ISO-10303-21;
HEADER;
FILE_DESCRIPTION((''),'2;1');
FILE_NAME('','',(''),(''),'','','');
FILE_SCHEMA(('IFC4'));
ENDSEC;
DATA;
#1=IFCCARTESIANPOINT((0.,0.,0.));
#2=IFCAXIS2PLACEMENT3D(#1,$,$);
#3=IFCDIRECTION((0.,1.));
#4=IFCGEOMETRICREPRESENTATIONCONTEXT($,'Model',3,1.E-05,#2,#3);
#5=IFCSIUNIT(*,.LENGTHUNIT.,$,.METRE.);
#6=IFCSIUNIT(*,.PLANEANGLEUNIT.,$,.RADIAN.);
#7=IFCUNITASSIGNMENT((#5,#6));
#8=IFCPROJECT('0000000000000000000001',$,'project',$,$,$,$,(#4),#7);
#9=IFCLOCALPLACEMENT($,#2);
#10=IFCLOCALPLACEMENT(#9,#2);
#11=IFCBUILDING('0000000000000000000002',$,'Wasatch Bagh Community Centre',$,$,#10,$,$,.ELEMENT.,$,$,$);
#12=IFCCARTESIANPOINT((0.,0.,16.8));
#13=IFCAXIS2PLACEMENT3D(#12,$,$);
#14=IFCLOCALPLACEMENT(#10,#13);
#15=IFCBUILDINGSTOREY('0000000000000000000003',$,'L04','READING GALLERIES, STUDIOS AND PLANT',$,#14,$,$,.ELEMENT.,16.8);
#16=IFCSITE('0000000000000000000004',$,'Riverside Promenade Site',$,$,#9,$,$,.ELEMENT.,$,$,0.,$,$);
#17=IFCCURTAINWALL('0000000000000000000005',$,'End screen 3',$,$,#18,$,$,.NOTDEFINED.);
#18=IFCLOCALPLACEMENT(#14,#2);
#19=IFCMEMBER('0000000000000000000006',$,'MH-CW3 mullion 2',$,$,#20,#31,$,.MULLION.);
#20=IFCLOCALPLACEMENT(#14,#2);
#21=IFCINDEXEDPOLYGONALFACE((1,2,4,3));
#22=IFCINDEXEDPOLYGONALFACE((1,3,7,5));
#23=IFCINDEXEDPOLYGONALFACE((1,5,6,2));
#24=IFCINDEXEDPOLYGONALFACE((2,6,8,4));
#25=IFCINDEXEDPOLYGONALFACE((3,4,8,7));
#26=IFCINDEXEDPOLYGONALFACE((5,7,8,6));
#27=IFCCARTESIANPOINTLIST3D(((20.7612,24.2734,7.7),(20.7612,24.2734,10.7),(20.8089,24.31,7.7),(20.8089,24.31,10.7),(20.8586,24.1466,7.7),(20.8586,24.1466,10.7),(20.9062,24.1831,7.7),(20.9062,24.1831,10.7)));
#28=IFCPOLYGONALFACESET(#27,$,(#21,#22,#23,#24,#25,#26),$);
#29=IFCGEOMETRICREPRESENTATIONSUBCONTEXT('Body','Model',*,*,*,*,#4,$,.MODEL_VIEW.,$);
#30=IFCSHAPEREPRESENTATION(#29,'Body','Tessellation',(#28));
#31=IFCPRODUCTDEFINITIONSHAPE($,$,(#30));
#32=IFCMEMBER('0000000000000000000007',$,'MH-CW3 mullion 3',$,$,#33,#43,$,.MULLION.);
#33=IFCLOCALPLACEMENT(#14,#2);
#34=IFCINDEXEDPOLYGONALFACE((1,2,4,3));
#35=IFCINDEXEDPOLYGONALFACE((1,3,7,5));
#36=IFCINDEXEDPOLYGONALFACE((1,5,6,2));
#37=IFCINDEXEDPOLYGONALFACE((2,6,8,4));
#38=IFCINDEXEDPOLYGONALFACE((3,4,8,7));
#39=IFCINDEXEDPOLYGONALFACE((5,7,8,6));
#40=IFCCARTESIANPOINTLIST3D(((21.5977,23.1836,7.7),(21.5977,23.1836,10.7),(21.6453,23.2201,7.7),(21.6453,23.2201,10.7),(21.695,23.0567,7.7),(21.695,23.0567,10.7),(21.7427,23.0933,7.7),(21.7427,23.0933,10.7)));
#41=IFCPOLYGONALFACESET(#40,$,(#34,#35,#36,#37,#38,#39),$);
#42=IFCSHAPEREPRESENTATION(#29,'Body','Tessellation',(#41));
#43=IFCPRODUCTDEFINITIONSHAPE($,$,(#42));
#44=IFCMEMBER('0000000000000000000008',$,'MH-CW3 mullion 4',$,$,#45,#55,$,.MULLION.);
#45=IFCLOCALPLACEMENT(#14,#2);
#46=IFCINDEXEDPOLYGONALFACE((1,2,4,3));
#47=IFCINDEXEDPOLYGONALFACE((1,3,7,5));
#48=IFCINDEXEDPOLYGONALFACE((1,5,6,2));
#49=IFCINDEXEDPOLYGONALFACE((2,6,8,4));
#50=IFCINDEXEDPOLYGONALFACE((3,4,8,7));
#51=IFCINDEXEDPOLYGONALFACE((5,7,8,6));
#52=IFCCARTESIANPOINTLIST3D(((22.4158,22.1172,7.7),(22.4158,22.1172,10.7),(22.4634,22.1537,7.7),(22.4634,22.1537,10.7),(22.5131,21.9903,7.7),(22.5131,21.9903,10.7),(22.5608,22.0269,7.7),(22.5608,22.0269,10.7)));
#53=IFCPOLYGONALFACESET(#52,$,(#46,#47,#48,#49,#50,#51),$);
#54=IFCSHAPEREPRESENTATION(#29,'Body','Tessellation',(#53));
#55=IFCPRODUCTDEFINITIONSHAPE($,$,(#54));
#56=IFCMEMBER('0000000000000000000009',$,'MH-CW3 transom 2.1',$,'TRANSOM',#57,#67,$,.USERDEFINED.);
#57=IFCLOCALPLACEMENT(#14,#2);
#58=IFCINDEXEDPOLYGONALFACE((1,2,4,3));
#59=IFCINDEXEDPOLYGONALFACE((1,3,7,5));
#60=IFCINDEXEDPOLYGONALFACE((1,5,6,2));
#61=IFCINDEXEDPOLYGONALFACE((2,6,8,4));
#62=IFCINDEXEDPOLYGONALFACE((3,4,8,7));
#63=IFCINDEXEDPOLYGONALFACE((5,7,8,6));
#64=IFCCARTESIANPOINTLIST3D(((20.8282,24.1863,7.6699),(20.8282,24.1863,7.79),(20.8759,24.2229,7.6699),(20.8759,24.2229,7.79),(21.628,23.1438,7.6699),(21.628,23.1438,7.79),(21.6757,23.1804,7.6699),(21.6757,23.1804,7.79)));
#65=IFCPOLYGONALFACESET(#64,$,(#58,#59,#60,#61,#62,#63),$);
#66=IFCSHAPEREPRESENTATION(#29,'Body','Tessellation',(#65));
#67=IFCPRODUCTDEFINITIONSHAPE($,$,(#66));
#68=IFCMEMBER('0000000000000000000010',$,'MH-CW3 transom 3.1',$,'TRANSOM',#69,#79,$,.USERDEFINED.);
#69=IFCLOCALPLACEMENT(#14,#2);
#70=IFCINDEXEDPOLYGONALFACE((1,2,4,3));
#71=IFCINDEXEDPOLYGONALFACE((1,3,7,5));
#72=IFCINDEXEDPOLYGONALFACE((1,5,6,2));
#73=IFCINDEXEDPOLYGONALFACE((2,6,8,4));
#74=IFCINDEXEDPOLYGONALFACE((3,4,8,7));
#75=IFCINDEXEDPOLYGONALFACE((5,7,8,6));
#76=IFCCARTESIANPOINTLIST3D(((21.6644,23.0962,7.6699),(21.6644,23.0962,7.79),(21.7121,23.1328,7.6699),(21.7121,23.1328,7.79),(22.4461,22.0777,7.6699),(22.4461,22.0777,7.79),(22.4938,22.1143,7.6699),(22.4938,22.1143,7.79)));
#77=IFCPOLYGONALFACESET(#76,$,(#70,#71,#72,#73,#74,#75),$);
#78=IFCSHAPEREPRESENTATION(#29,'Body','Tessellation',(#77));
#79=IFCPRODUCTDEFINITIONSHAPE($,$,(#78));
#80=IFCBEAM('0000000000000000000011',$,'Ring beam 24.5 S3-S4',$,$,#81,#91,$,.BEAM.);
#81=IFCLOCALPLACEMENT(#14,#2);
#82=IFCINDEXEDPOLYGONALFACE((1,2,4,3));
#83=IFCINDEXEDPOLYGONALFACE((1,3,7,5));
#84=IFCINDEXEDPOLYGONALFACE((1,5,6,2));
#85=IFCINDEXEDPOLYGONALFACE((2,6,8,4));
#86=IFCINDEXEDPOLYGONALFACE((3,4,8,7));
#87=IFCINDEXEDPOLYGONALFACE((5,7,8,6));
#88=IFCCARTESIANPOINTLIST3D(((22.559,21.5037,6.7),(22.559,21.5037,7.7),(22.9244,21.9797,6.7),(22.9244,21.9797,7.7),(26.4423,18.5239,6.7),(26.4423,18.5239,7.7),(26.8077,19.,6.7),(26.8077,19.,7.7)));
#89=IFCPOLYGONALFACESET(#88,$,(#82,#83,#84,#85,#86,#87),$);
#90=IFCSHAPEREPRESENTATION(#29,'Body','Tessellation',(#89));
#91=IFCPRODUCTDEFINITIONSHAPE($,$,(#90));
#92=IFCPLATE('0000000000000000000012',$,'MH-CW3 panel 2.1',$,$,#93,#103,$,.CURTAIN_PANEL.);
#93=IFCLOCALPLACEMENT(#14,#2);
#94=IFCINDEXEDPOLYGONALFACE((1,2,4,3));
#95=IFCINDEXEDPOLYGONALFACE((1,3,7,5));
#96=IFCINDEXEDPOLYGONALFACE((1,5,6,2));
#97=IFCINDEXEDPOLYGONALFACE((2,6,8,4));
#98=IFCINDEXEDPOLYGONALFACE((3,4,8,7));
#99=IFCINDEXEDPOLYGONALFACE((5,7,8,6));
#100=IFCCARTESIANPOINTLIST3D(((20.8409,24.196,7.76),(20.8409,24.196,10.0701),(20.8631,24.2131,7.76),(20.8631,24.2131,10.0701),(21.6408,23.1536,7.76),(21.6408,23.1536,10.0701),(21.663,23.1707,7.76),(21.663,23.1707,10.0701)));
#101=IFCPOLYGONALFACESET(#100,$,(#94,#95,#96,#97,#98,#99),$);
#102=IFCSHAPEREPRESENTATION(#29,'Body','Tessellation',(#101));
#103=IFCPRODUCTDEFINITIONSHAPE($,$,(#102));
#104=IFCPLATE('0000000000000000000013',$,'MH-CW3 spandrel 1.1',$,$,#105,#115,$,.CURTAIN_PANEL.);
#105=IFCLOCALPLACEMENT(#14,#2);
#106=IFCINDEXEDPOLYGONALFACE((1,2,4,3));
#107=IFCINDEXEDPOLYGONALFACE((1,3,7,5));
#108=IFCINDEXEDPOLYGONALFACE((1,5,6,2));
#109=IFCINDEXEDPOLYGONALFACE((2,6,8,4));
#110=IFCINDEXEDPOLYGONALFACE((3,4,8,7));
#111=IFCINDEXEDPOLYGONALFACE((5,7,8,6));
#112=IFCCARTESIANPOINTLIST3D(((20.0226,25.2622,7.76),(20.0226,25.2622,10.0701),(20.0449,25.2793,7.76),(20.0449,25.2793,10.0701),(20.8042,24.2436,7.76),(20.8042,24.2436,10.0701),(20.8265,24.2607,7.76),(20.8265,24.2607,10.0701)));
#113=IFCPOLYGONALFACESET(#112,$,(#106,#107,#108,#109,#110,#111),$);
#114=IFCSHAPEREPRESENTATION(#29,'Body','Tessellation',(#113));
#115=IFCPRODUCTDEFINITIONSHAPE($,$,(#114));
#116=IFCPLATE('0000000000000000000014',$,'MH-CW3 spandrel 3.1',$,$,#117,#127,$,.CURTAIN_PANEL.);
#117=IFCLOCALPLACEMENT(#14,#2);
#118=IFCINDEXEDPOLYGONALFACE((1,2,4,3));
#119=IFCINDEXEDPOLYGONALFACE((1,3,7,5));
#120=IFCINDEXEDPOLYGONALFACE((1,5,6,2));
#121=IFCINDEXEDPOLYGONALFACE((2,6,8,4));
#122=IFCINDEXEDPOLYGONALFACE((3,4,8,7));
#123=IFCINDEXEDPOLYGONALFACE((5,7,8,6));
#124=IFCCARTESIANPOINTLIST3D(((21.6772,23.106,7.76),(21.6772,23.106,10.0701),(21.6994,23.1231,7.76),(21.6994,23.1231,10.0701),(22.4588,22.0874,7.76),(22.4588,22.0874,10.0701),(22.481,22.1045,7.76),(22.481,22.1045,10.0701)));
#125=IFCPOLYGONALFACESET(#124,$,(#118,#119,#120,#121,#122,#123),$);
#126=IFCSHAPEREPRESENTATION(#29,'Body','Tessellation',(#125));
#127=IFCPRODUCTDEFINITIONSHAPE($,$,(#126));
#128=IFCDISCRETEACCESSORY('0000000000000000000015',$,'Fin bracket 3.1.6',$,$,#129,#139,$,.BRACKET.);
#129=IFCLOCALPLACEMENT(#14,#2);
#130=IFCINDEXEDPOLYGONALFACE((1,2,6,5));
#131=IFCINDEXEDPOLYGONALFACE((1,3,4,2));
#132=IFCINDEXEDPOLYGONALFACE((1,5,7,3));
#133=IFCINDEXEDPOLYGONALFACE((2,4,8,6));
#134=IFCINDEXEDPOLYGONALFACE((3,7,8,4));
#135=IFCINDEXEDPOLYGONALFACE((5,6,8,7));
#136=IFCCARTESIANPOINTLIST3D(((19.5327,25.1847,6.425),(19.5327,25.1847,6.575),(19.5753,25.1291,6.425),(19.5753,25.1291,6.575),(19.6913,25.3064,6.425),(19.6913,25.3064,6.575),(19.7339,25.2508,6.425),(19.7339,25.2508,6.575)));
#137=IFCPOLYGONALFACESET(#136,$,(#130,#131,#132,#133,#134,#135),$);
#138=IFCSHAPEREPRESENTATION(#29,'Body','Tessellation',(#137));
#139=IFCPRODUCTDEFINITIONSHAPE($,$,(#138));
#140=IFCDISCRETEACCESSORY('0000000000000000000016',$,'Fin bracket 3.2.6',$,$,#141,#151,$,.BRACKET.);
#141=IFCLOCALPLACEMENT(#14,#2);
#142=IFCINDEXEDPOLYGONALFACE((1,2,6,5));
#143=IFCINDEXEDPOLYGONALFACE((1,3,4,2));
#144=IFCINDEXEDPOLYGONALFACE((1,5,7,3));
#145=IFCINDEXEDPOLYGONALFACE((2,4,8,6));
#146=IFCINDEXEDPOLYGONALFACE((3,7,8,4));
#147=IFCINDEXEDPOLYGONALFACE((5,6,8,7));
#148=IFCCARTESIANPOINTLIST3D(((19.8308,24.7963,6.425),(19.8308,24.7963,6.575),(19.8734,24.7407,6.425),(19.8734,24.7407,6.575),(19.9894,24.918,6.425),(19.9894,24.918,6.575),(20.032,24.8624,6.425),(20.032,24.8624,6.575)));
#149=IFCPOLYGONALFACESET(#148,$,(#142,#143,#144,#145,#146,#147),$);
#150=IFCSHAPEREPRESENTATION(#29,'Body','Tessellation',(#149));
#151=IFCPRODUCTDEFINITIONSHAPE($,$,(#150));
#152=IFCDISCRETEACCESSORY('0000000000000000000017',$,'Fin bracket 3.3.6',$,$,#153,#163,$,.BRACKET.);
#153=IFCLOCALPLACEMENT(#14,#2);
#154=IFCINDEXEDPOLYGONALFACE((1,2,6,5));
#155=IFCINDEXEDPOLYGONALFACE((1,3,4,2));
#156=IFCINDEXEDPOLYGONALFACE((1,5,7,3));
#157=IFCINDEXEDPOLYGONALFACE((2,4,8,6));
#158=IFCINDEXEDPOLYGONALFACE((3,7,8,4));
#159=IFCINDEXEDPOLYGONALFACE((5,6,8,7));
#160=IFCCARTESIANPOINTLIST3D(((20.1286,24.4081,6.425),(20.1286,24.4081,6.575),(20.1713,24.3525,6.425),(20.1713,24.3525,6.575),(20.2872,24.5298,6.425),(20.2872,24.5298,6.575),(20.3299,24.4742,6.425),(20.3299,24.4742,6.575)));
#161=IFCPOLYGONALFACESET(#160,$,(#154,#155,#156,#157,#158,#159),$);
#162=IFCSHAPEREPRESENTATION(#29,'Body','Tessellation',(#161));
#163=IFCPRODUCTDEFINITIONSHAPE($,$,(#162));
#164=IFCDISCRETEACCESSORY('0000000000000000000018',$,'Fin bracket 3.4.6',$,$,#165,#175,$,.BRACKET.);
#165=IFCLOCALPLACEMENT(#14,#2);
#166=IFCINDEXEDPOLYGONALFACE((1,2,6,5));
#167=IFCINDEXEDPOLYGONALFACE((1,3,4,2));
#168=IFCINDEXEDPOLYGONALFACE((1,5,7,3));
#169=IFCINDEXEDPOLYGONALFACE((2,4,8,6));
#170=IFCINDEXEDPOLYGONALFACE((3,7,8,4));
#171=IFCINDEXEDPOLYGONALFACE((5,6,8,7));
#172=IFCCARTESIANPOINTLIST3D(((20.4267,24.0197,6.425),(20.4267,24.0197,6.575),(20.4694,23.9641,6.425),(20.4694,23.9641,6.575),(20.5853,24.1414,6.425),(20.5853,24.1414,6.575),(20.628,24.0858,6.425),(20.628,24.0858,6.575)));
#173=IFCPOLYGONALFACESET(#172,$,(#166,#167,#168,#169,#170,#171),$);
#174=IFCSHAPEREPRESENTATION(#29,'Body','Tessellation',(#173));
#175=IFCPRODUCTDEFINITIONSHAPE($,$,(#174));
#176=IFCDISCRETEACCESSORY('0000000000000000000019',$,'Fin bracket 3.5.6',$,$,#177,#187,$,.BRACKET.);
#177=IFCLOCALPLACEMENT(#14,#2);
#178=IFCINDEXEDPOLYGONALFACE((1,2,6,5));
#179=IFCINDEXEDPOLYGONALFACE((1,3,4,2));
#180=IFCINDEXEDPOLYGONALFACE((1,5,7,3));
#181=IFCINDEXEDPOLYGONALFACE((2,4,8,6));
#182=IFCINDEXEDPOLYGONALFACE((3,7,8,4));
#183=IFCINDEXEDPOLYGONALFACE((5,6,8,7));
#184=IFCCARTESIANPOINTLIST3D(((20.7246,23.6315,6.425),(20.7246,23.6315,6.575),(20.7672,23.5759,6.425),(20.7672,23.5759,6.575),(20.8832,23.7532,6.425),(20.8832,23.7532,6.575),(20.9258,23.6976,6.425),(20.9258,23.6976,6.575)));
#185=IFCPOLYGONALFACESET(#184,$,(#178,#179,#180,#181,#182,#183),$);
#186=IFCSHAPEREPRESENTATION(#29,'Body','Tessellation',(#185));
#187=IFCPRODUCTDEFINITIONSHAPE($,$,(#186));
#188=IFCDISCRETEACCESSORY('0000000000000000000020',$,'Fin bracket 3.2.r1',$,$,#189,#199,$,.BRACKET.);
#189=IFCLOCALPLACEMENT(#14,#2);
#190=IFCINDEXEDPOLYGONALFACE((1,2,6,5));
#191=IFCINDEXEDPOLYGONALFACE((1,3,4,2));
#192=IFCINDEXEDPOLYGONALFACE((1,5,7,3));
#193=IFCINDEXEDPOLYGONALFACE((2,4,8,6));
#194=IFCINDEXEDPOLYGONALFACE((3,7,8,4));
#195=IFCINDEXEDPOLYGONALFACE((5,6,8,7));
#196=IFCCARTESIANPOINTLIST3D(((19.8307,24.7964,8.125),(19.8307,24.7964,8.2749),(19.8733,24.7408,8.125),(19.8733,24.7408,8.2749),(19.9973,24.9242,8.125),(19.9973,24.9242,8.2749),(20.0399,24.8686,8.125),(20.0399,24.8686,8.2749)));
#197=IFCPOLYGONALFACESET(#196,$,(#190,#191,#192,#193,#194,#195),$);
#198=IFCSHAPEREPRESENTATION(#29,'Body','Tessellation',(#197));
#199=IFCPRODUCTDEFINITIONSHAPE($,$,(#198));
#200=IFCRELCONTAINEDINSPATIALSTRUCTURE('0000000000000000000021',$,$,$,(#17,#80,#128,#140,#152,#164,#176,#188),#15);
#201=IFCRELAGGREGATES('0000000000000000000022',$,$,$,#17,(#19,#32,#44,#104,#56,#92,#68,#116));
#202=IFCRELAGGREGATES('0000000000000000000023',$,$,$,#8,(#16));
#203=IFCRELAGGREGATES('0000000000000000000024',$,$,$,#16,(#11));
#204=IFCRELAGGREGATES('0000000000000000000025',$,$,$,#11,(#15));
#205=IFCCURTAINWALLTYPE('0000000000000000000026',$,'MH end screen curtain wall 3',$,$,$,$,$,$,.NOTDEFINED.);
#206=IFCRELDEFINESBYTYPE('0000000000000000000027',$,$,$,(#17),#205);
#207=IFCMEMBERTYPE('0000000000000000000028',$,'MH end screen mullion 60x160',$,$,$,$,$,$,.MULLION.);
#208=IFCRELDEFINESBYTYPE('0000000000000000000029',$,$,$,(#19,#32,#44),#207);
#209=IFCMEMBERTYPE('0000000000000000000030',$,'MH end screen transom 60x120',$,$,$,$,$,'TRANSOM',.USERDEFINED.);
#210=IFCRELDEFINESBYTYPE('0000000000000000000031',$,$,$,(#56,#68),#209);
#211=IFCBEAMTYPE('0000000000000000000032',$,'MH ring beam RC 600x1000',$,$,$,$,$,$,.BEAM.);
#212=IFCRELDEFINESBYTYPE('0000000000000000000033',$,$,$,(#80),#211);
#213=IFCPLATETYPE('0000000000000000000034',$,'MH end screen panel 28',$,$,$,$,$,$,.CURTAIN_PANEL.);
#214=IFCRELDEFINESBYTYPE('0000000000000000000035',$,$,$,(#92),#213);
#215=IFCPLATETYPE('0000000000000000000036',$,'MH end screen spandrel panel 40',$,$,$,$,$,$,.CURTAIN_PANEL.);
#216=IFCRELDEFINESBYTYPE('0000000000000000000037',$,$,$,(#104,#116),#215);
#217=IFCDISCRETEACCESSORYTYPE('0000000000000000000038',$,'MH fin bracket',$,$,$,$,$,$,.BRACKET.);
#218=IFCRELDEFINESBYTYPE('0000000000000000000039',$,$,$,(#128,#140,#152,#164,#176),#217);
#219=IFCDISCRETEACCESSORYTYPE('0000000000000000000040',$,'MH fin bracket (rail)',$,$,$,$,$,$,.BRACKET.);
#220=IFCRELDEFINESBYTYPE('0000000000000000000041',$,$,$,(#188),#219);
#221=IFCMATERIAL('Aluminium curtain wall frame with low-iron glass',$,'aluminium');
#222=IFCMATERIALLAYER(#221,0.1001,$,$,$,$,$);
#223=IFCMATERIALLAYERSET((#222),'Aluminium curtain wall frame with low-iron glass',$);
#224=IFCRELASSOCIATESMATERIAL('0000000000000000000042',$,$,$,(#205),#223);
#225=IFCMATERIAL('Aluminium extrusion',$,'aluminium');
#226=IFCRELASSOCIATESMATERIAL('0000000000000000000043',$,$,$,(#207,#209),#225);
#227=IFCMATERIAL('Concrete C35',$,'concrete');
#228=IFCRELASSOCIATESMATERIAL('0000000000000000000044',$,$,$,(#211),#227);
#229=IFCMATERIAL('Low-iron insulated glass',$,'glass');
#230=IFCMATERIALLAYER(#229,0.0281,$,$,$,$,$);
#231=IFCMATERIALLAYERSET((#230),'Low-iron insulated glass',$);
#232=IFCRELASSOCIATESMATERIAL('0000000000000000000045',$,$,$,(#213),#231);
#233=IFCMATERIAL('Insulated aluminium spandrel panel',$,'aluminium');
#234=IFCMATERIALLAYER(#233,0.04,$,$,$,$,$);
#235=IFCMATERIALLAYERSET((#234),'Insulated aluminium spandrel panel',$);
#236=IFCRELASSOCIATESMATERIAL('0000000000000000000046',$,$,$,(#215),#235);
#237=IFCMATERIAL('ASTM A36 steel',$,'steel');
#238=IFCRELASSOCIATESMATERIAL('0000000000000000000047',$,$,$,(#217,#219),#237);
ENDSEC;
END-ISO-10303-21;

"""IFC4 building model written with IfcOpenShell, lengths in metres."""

from ifc_helpers import new_model, si_unit, direction, frame, origin, origin_2d, place, context, subcontext, project, spatial, rectangle, extrude, material, layer, layer_set, material_profile, profile_set, type_object, element, aggregate, save


model = new_model("IFC4")

# Units and contexts
model_context = context("Model", 3, precision=1e-05, world=origin(), true_north=direction((0.0, 1.0)))
body_context = subcontext(model_context, "Body", "Model", "MODEL_VIEW")
ifc_project = project(units=[si_unit("LENGTHUNIT", "METRE"), si_unit("PLANEANGLEUNIT", "RADIAN")], contexts=[model_context])

# Site, building, storey
site_placement = place(None, origin())
site = spatial("IfcSite", under=ifc_project, at=site_placement, Name="Riverside Promenade Site", CompositionType="ELEMENT", RefElevation=0.0)
building_placement = place(site_placement, origin())
building = spatial("IfcBuilding", under=site, at=building_placement, Name="Wasatch Bagh Community Centre", CompositionType="ELEMENT")
storey_placement = place(building_placement, frame((0.0, 0.0, 16.8)))
storey = spatial("IfcBuildingStorey", under=building, at=storey_placement, Name="L04", Description="READING GALLERIES, STUDIOS AND PLANT", CompositionType="ELEMENT", Elevation=16.8)

# Curtain wall, members
ifc_material_1 = material(Name="Aluminium curtain wall frame with low-iron glass", Category="aluminium")
ifc_layer_1 = layer(ifc_material_1, 0.1001)
ifc_layer_set_1 = layer_set([ifc_layer_1], Name="Aluminium curtain wall frame with low-iron glass")
curtain_wall_type = type_object("IfcCurtainWallType", Name="MH end screen curtain wall 3", PredefinedType="NOTDEFINED", material=ifc_layer_set_1)
curtain_wall_placement = place(storey_placement, origin())
curtain_wall = element("IfcCurtainWall", 1, at=curtain_wall_placement, inside=storey, type_object=curtain_wall_type, Name="End screen 3", PredefinedType="NOTDEFINED")
ifc_material_2 = material(Name="Aluminium extrusion", Category="aluminium")
ifc_material_profile_1 = material_profile(ifc_material_2, rectangle(XDim=0.0601, YDim=0.1599, at=origin_2d()), Name="AL 60x160")
ifc_profile_set_1 = profile_set([ifc_material_profile_1], Name="Aluminium extrusion")
member_type_1 = type_object("IfcMemberType", Name="MH end screen mullion 60x160", PredefinedType="MULLION", material=ifc_profile_set_1)
member_1_placement = place(storey_placement, frame((20.8337, 24.2283, 7.7), z_axis=(0.0, 0.0, 1.0), x_axis=(0.793353, 0.608761, 0.0)))
member_1 = element("IfcMember", 2, at=member_1_placement, type_object=member_type_1, Name="MH-CW3 mullion 2", PredefinedType="MULLION", context=body_context, shape_type="SweptSolid", body=[
    extrude(rectangle(XDim=0.0601, YDim=0.1599, at=origin_2d()), origin(), (0.0, 0.0, 1.0), 3.0),
])
member_2_placement = place(storey_placement, frame((21.6702, 23.1384, 7.7), z_axis=(0.0, 0.0, 1.0), x_axis=(0.793353, 0.608761, 0.0)))
member_2 = element("IfcMember", 3, at=member_2_placement, type_object=member_type_1, Name="MH-CW3 mullion 3", PredefinedType="MULLION", context=body_context, shape_type="SweptSolid", body=[
    extrude(rectangle(XDim=0.0601, YDim=0.1599, at=origin_2d()), origin(), (0.0, 0.0, 1.0), 3.0),
])
member_3_placement = place(storey_placement, frame((22.4883, 22.072, 7.7), z_axis=(0.0, 0.0, 1.0), x_axis=(0.793353, 0.608761, 0.0)))
member_3 = element("IfcMember", 4, at=member_3_placement, type_object=member_type_1, Name="MH-CW3 mullion 4", PredefinedType="MULLION", context=body_context, shape_type="SweptSolid", body=[
    extrude(rectangle(XDim=0.0601, YDim=0.1599, at=origin_2d()), origin(), (0.0, 0.0, 1.0), 3.0),
])
ifc_material_profile_2 = material_profile(ifc_material_2, rectangle(XDim=0.0601, YDim=0.1201, at=origin_2d()), Name="AL 60x120")
ifc_profile_set_2 = profile_set([ifc_material_profile_2], Name="Aluminium extrusion")
member_type_2 = type_object("IfcMemberType", Name="MH end screen transom 60x120", ElementType="TRANSOM", PredefinedType="USERDEFINED", material=ifc_profile_set_2)
member_4_placement = place(storey_placement, frame((20.8521, 24.2046, 7.73), z_axis=(0.608705, -0.793397, 0.0), x_axis=(0.793397, 0.608705, 0.0)))
member_4 = element("IfcMember", 5, at=member_4_placement, type_object=member_type_2, Name="MH-CW3 transom 2.1", ObjectType="TRANSOM", PredefinedType="USERDEFINED", context=body_context, shape_type="SweptSolid", body=[
    extrude(rectangle(XDim=0.0601, YDim=0.1201, at=origin_2d()), origin(), (0.0, 0.0, 1.0), 1.314),
])
member_5_placement = place(storey_placement, frame((21.6882, 23.1145, 7.73), z_axis=(0.608847, -0.793288, 0.0), x_axis=(0.793288, 0.608847, 0.0)))
member_5 = element("IfcMember", 6, at=member_5_placement, type_object=member_type_2, Name="MH-CW3 transom 3.1", ObjectType="TRANSOM", PredefinedType="USERDEFINED", context=body_context, shape_type="SweptSolid", body=[
    extrude(rectangle(XDim=0.0601, YDim=0.1201, at=origin_2d()), origin(), (0.0, 0.0, 1.0), 1.2839),
])

# Beam
ifc_material_3 = material(Name="Concrete C35", Category="concrete")
ifc_material_profile_3 = material_profile(ifc_material_3, rectangle(XDim=0.6001, YDim=1.0, at=origin_2d()), Name="RC 600x1000")
ifc_profile_set_3 = profile_set([ifc_material_profile_3], Name="Concrete C35")
beam_type = type_object("IfcBeamType", Name="MH ring beam RC 600x1000", PredefinedType="BEAM", material=ifc_profile_set_3)
beam_placement = place(storey_placement, frame((22.7417, 21.7417, 7.2), z_axis=(0.793356, -0.608758, 0.0), x_axis=(0.608758, 0.793356, 0.0)))
element("IfcBeam", 7, at=beam_placement, inside=storey, type_object=beam_type, Name="Ring beam 24.5 S3-S4", PredefinedType="BEAM", context=body_context, shape_type="SweptSolid", body=[
    extrude(rectangle(XDim=0.6001, YDim=1.0, at=origin_2d()), origin(), (0.0, 0.0, 1.0), 4.8948),
])

# Plates
ifc_material_4 = material(Name="Low-iron insulated glass", Category="glass")
ifc_layer_2 = layer(ifc_material_4, 0.0281)
ifc_layer_set_2 = layer_set([ifc_layer_2], Name="Low-iron insulated glass")
plate_type_1 = type_object("IfcPlateType", Name="MH end screen panel 28", PredefinedType="CURTAIN_PANEL", material=ifc_layer_set_2)
plate_1_placement = place(storey_placement, frame((21.252, 23.6833, 7.76), z_axis=(0.0, 0.0, 1.0), x_axis=(0.608761, -0.793353, 0.0)))
plate_1 = element("IfcPlate", 8, at=plate_1_placement, type_object=plate_type_1, Name="MH-CW3 panel 2.1", PredefinedType="CURTAIN_PANEL", context=body_context, shape_type="SweptSolid", body=[
    extrude(rectangle(XDim=1.314, YDim=0.0281, at=origin_2d()), origin(), (0.0, 0.0, 1.0), 2.3101),
])
ifc_material_5 = material(Name="Insulated aluminium spandrel panel", Category="aluminium")
ifc_layer_3 = layer(ifc_material_5, 0.04)
ifc_layer_set_3 = layer_set([ifc_layer_3], Name="Insulated aluminium spandrel panel")
plate_type_2 = type_object("IfcPlateType", Name="MH end screen spandrel panel 40", PredefinedType="CURTAIN_PANEL", material=ifc_layer_set_3)
plate_2_placement = place(storey_placement, frame((20.4246, 24.7615, 7.76), z_axis=(0.0, 0.0, 1.0), x_axis=(0.608761, -0.793353, 0.0)))
plate_2 = element("IfcPlate", 9, at=plate_2_placement, type_object=plate_type_2, Name="MH-CW3 spandrel 1.1", PredefinedType="CURTAIN_PANEL", context=body_context, shape_type="SweptSolid", body=[
    extrude(rectangle(XDim=1.2839, YDim=0.0281, at=origin_2d()), origin(), (0.0, 0.0, 1.0), 2.3101),
])
plate_3_placement = place(storey_placement, frame((22.0791, 22.6052, 7.76), z_axis=(0.0, 0.0, 1.0), x_axis=(0.608761, -0.793353, 0.0)))
plate_3 = element("IfcPlate", 10, at=plate_3_placement, type_object=plate_type_2, Name="MH-CW3 spandrel 3.1", PredefinedType="CURTAIN_PANEL", context=body_context, shape_type="SweptSolid", body=[
    extrude(rectangle(XDim=1.2839, YDim=0.0281, at=origin_2d()), origin(), (0.0, 0.0, 1.0), 2.3101),
])
aggregate(curtain_wall, [member_1, member_2, member_3, plate_2, member_4, plate_1, member_5, plate_3])

# Discrete accessories
ifc_material_6 = material(Name="ASTM A36 steel", Category="steel")
discrete_accessory_type_1 = type_object("IfcDiscreteAccessoryType", Name="MH fin bracket", PredefinedType="BRACKET", material=ifc_material_6)
for number, where, z_axis, x_axis, name in (
    (11, (19.6333, 25.2178, 6.425), (0.0, 0.0, 1.0), (0.608761, -0.793353, 0.0), "Fin bracket 3.1.6"),
    (12, (19.9314, 24.8293, 6.425), (0.0, 0.0, 1.0), (0.608761, -0.793353, 0.0), "Fin bracket 3.2.6"),
    (13, (20.2292, 24.4412, 6.425), (0.0, 0.0, 1.0), (0.608761, -0.793353, 0.0), "Fin bracket 3.3.6"),
    (14, (20.5273, 24.0527, 6.425), (0.0, 0.0, 1.0), (0.608761, -0.793353, 0.0), "Fin bracket 3.4.6"),
    (15, (20.8252, 23.6646, 6.425), (0.0, 0.0, 1.0), (0.608761, -0.793353, 0.0), "Fin bracket 3.5.6"),
):
    element("IfcDiscreteAccessory", number, at=place(storey_placement, frame(where, z_axis=z_axis, x_axis=x_axis)), inside=storey, type_object=discrete_accessory_type_1, Name=name, PredefinedType="BRACKET", context=body_context, shape_type="SweptSolid", body=[
        extrude(rectangle(XDim=0.0701, YDim=0.2, at=origin_2d()), origin(), (0.0, 0.0, 1.0), 0.1499),
    ])
discrete_accessory_type_2 = type_object("IfcDiscreteAccessoryType", Name="MH fin bracket (rail)", PredefinedType="BRACKET", material=ifc_material_6)
for number, where, z_axis, x_axis, name in (
    (16, (19.9353, 24.8325, 8.125), (0.0, 0.0, 1.0), (0.608761, -0.793353, 0.0), "Fin bracket 3.2.r1"),
):
    element("IfcDiscreteAccessory", number, at=place(storey_placement, frame(where, z_axis=z_axis, x_axis=x_axis)), inside=storey, type_object=discrete_accessory_type_2, Name=name, PredefinedType="BRACKET", context=body_context, shape_type="SweptSolid", body=[
        extrude(rectangle(XDim=0.0701, YDim=0.21, at=origin_2d()), origin(), (0.0, 0.0, 1.0), 0.1499),
    ])

save(model, "model.ifc")
